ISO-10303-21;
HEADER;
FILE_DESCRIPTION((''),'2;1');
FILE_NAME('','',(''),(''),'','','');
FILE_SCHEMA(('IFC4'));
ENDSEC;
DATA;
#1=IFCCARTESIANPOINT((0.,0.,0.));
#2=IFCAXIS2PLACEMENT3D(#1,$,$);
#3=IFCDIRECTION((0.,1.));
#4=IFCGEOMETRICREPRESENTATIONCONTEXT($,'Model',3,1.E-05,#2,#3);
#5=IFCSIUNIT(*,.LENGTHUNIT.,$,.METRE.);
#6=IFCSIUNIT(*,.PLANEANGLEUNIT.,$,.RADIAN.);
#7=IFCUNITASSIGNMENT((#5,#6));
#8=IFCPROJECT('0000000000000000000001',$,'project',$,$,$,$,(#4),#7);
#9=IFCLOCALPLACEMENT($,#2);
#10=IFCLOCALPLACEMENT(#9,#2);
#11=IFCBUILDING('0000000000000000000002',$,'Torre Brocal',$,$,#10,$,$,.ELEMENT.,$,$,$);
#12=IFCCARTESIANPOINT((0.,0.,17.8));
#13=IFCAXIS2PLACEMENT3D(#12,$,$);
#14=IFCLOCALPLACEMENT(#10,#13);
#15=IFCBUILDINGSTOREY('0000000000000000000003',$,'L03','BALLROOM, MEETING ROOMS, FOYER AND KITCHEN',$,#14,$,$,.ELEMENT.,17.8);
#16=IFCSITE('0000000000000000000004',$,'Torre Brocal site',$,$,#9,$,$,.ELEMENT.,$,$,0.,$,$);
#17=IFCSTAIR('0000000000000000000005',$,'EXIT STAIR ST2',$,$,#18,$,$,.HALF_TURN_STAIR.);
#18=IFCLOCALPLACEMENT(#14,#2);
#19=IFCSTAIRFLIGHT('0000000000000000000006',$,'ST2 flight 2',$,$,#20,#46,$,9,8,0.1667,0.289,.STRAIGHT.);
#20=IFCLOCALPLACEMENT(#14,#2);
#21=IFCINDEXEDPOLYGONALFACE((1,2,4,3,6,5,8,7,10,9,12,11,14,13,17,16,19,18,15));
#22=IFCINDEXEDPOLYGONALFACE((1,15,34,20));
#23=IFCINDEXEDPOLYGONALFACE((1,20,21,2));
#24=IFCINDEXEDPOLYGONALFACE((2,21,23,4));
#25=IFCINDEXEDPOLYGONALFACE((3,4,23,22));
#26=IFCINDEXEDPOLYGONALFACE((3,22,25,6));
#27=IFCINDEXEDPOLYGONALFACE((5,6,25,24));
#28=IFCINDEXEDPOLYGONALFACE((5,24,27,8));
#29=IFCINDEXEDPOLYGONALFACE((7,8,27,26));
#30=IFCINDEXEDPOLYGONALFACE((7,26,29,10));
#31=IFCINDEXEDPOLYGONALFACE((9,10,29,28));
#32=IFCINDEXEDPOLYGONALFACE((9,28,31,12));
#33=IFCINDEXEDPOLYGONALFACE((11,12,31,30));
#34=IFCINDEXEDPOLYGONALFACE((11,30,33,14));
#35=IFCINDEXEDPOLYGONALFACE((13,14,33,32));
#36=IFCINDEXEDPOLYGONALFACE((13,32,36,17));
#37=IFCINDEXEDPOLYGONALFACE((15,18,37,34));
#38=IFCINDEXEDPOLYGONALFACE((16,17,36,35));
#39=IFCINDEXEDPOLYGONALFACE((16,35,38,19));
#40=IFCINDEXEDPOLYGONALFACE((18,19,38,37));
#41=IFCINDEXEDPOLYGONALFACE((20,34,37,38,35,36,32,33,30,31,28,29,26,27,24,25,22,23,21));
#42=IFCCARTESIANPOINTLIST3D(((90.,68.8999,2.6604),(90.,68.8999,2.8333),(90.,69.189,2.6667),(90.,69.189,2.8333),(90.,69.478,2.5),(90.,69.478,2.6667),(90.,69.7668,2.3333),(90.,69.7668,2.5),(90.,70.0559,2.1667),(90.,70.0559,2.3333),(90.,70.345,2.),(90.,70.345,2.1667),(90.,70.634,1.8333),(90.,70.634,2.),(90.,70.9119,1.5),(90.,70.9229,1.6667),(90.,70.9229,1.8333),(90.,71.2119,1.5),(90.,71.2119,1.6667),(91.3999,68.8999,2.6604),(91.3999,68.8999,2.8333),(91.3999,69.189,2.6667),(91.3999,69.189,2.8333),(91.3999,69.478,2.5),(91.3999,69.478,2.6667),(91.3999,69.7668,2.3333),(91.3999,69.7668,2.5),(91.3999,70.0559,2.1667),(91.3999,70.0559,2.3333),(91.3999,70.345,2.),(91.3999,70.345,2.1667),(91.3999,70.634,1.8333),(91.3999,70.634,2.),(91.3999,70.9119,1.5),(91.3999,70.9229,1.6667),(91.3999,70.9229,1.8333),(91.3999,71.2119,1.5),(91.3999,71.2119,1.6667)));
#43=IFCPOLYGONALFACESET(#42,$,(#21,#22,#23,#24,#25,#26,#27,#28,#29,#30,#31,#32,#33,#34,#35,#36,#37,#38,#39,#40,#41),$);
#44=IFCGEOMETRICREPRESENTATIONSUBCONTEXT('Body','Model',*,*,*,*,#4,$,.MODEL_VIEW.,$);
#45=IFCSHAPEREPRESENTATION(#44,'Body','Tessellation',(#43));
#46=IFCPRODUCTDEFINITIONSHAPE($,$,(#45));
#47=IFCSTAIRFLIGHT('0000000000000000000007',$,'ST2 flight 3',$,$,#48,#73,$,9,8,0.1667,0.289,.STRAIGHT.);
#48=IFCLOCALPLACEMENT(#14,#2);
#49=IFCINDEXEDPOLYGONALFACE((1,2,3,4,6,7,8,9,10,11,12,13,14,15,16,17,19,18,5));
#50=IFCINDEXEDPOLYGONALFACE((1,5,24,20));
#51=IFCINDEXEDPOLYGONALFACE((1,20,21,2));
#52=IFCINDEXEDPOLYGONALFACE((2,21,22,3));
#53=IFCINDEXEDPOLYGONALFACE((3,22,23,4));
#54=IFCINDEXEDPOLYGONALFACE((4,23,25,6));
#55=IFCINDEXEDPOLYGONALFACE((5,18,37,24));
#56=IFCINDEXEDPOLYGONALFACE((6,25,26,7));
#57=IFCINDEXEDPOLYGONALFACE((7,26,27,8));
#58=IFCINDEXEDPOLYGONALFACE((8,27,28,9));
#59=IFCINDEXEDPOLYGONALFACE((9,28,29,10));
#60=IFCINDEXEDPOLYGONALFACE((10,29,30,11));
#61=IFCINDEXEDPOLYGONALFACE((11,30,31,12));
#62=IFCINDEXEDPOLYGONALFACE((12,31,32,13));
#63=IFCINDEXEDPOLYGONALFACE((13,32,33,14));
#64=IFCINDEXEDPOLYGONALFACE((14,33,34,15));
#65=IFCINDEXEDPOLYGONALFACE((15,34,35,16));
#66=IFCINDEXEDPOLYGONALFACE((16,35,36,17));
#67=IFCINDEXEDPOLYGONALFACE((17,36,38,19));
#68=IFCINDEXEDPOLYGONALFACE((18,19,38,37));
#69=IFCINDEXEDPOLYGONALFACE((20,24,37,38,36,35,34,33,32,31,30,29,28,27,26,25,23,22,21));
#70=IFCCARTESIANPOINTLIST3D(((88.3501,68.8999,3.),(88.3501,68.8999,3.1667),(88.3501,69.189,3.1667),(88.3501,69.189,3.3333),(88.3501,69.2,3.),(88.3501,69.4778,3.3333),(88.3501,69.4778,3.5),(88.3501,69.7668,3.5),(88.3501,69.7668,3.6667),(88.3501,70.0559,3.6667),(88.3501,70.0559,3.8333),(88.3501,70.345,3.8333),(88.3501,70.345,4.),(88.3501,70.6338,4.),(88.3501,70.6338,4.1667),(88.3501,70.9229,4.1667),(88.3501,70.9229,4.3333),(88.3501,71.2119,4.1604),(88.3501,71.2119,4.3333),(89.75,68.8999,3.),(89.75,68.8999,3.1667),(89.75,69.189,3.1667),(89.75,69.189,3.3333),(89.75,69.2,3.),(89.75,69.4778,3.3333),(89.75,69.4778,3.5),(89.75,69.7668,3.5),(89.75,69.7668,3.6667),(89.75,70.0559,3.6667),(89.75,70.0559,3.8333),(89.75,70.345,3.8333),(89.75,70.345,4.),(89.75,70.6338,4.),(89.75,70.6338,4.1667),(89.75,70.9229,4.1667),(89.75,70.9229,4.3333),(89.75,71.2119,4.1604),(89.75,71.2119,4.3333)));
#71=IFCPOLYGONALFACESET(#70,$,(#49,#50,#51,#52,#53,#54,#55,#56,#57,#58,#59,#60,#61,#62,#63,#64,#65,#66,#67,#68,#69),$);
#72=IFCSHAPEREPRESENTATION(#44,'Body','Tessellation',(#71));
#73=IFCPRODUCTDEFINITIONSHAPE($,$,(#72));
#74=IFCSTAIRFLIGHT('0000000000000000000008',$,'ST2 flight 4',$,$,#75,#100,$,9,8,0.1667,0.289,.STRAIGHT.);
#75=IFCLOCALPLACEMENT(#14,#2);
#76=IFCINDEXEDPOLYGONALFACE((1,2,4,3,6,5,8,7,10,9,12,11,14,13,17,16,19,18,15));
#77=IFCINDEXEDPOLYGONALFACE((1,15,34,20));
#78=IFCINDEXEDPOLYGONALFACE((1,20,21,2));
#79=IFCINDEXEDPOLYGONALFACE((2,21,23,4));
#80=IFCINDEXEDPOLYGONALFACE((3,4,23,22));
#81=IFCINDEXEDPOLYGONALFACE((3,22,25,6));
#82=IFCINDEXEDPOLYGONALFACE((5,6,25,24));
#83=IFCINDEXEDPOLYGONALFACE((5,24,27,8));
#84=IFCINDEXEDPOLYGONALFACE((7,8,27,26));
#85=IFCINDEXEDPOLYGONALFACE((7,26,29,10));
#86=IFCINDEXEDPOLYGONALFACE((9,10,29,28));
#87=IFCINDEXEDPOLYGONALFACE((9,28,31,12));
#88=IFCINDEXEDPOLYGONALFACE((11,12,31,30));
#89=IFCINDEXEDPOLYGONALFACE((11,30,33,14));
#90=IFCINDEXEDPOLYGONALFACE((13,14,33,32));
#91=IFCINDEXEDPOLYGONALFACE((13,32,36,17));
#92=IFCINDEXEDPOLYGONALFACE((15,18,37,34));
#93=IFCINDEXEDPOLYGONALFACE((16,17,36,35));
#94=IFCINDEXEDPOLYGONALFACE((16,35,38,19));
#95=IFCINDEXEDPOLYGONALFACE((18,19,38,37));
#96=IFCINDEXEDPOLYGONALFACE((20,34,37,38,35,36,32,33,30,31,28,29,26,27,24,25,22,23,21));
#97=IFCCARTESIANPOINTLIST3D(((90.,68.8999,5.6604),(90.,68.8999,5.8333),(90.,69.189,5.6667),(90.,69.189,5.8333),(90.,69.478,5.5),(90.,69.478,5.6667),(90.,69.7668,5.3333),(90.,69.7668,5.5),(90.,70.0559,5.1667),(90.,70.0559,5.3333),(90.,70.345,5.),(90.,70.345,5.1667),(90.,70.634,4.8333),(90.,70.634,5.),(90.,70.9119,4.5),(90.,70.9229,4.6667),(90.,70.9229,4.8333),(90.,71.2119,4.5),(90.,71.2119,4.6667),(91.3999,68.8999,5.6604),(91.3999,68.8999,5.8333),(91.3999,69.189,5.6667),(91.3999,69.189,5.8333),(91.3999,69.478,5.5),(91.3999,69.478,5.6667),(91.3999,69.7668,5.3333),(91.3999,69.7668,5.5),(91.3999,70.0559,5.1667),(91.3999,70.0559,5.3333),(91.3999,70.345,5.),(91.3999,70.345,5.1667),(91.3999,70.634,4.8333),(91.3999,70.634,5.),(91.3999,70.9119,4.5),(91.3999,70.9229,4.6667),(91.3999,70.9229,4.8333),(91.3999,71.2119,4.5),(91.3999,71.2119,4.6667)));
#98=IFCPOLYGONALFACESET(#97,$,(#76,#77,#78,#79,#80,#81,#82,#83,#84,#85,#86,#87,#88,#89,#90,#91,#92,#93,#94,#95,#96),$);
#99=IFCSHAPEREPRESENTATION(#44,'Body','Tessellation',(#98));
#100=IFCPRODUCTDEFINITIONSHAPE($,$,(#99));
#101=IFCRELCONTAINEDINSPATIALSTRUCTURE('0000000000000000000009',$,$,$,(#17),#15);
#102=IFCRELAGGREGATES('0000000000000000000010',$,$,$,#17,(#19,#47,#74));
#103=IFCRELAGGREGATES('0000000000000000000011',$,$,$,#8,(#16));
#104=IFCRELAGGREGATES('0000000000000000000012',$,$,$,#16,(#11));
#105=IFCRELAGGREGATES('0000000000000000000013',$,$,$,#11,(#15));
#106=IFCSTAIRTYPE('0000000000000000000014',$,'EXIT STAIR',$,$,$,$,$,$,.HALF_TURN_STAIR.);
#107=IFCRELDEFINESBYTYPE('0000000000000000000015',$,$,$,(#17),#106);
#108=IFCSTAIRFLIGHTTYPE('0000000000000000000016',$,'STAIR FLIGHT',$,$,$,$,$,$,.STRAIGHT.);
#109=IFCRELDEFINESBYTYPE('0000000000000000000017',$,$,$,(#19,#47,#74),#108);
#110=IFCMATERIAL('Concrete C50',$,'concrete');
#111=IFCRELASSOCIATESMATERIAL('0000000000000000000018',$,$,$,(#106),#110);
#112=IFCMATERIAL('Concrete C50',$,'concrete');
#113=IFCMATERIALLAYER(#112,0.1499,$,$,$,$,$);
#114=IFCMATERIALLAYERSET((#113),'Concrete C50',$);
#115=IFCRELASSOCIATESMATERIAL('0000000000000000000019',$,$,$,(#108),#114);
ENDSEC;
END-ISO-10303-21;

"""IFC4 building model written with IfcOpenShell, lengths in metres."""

from ifc_helpers import new_model, si_unit, direction, frame, origin, place, context, subcontext, project, spatial, polyline, outline, extrude, material, layer, layer_set, type_object, element, aggregate, save


model = new_model("IFC4")

# Units and contexts
model_context = context("Model", 3, precision=1e-05, world=origin(), true_north=direction((0.0, 1.0)))
body_context = subcontext(model_context, "Body", "Model", "MODEL_VIEW")
ifc_project = project(units=[si_unit("LENGTHUNIT", "METRE"), si_unit("PLANEANGLEUNIT", "RADIAN")], contexts=[model_context])

# Site, building, storey
site_placement = place(None, origin())
site = spatial("IfcSite", under=ifc_project, at=site_placement, Name="Torre Brocal site", CompositionType="ELEMENT", RefElevation=0.0)
building_placement = place(site_placement, origin())
building = spatial("IfcBuilding", under=site, at=building_placement, Name="Torre Brocal", CompositionType="ELEMENT")
storey_placement = place(building_placement, frame((0.0, 0.0, 17.8)))
storey = spatial("IfcBuildingStorey", under=building, at=storey_placement, Name="L03", Description="BALLROOM, MEETING ROOMS, FOYER AND KITCHEN", CompositionType="ELEMENT", Elevation=17.8)

# Stair, stair flights
ifc_material_1 = material(Name="Concrete C50", Category="concrete")
stair_type = type_object("IfcStairType", Name="EXIT STAIR", PredefinedType="HALF_TURN_STAIR", material=ifc_material_1)
stair_placement = place(storey_placement, origin())
stair = element("IfcStair", 1, at=stair_placement, inside=storey, type_object=stair_type, Name="EXIT STAIR ST2", PredefinedType="HALF_TURN_STAIR")
ifc_material_2 = material(Name="Concrete C50", Category="concrete")
ifc_layer_1 = layer(ifc_material_2, 0.1499)
ifc_layer_set_1 = layer_set([ifc_layer_1], Name="Concrete C50")
stair_flight_type = type_object("IfcStairFlightType", Name="STAIR FLIGHT", PredefinedType="STRAIGHT", material=ifc_layer_set_1)
stair_flight_1_placement = place(storey_placement, frame((90.7, 71.2119, 1.5), z_axis=(0.0, 0.0, 1.0), x_axis=(0.0, -1.0, 0.0)))
stair_flight_1 = element("IfcStairFlight", 2, at=stair_flight_1_placement, type_object=stair_flight_type, Name="ST2 flight 2", NumberOfRisers=9, NumberOfTreads=8, PredefinedType="STRAIGHT", RiserHeight=0.1667, TreadLength=0.289, context=body_context, shape_type="SweptSolid", body=[
    extrude(outline(polyline([(0.0, 0.0), (0.0, 0.1667), (0.2891, 0.1667), (0.2891, 0.3333), (0.5779, 0.3333), (0.5779, 0.5), (0.8669, 0.5), (0.8669, 0.6667), (1.156, 0.6667), (1.156, 0.8333), (1.4451, 0.8333), (1.4451, 1.0), (1.7339, 1.0), (1.7339, 1.1667), (2.0229, 1.1667), (2.0229, 1.3333), (2.312, 1.3333), (2.312, 1.5), (2.312, 1.1604), (0.3, 0.0), (0.0, 0.0)])), frame((0.0, 0.7, 0.0), z_axis=(0.0, -1.0, 0.0), x_axis=(1.0, 0.0, 0.0)), (0.0, 0.0, 1.0), 1.3999),
])
stair_flight_2_placement = place(storey_placement, frame((89.05, 68.8999, 3.0), z_axis=(0.0, 0.0, 1.0), x_axis=(0.0, 1.0, 0.0)))
stair_flight_2 = element("IfcStairFlight", 3, at=stair_flight_2_placement, type_object=stair_flight_type, Name="ST2 flight 3", NumberOfRisers=9, NumberOfTreads=8, PredefinedType="STRAIGHT", RiserHeight=0.1667, TreadLength=0.289, context=body_context, shape_type="SweptSolid", body=[
    extrude(outline(polyline([(0.0, 0.0), (0.0, 0.1667), (0.2891, 0.1667), (0.2891, 0.3333), (0.5779, 0.3333), (0.5779, 0.5), (0.8669, 0.5), (0.8669, 0.6667), (1.156, 0.6667), (1.156, 0.8333), (1.4451, 0.8333), (1.4451, 1.0), (1.7339, 1.0), (1.7339, 1.1667), (2.0229, 1.1667), (2.0229, 1.3333), (2.312, 1.3333), (2.312, 1.5), (2.312, 1.1604), (0.3, 0.0), (0.0, 0.0)])), frame((0.0, 0.7, 0.0), z_axis=(0.0, -1.0, 0.0), x_axis=(1.0, 0.0, 0.0)), (0.0, 0.0, 1.0), 1.3999),
])
stair_flight_3_placement = place(storey_placement, frame((90.7, 71.2119, 4.5), z_axis=(0.0, 0.0, 1.0), x_axis=(0.0, -1.0, 0.0)))
stair_flight_3 = element("IfcStairFlight", 4, at=stair_flight_3_placement, type_object=stair_flight_type, Name="ST2 flight 4", NumberOfRisers=9, NumberOfTreads=8, PredefinedType="STRAIGHT", RiserHeight=0.1667, TreadLength=0.289, context=body_context, shape_type="SweptSolid", body=[
    extrude(outline(polyline([(0.0, 0.0), (0.0, 0.1667), (0.2891, 0.1667), (0.2891, 0.3333), (0.5779, 0.3333), (0.5779, 0.5), (0.8669, 0.5), (0.8669, 0.6667), (1.156, 0.6667), (1.156, 0.8333), (1.4451, 0.8333), (1.4451, 1.0), (1.7339, 1.0), (1.7339, 1.1667), (2.0229, 1.1667), (2.0229, 1.3333), (2.312, 1.3333), (2.312, 1.5), (2.312, 1.1604), (0.3, 0.0), (0.0, 0.0)])), frame((0.0, 0.7, 0.0), z_axis=(0.0, -1.0, 0.0), x_axis=(1.0, 0.0, 0.0)), (0.0, 0.0, 1.0), 1.3999),
])
aggregate(stair, [stair_flight_1, stair_flight_2, stair_flight_3])

save(model, "model.ifc")
